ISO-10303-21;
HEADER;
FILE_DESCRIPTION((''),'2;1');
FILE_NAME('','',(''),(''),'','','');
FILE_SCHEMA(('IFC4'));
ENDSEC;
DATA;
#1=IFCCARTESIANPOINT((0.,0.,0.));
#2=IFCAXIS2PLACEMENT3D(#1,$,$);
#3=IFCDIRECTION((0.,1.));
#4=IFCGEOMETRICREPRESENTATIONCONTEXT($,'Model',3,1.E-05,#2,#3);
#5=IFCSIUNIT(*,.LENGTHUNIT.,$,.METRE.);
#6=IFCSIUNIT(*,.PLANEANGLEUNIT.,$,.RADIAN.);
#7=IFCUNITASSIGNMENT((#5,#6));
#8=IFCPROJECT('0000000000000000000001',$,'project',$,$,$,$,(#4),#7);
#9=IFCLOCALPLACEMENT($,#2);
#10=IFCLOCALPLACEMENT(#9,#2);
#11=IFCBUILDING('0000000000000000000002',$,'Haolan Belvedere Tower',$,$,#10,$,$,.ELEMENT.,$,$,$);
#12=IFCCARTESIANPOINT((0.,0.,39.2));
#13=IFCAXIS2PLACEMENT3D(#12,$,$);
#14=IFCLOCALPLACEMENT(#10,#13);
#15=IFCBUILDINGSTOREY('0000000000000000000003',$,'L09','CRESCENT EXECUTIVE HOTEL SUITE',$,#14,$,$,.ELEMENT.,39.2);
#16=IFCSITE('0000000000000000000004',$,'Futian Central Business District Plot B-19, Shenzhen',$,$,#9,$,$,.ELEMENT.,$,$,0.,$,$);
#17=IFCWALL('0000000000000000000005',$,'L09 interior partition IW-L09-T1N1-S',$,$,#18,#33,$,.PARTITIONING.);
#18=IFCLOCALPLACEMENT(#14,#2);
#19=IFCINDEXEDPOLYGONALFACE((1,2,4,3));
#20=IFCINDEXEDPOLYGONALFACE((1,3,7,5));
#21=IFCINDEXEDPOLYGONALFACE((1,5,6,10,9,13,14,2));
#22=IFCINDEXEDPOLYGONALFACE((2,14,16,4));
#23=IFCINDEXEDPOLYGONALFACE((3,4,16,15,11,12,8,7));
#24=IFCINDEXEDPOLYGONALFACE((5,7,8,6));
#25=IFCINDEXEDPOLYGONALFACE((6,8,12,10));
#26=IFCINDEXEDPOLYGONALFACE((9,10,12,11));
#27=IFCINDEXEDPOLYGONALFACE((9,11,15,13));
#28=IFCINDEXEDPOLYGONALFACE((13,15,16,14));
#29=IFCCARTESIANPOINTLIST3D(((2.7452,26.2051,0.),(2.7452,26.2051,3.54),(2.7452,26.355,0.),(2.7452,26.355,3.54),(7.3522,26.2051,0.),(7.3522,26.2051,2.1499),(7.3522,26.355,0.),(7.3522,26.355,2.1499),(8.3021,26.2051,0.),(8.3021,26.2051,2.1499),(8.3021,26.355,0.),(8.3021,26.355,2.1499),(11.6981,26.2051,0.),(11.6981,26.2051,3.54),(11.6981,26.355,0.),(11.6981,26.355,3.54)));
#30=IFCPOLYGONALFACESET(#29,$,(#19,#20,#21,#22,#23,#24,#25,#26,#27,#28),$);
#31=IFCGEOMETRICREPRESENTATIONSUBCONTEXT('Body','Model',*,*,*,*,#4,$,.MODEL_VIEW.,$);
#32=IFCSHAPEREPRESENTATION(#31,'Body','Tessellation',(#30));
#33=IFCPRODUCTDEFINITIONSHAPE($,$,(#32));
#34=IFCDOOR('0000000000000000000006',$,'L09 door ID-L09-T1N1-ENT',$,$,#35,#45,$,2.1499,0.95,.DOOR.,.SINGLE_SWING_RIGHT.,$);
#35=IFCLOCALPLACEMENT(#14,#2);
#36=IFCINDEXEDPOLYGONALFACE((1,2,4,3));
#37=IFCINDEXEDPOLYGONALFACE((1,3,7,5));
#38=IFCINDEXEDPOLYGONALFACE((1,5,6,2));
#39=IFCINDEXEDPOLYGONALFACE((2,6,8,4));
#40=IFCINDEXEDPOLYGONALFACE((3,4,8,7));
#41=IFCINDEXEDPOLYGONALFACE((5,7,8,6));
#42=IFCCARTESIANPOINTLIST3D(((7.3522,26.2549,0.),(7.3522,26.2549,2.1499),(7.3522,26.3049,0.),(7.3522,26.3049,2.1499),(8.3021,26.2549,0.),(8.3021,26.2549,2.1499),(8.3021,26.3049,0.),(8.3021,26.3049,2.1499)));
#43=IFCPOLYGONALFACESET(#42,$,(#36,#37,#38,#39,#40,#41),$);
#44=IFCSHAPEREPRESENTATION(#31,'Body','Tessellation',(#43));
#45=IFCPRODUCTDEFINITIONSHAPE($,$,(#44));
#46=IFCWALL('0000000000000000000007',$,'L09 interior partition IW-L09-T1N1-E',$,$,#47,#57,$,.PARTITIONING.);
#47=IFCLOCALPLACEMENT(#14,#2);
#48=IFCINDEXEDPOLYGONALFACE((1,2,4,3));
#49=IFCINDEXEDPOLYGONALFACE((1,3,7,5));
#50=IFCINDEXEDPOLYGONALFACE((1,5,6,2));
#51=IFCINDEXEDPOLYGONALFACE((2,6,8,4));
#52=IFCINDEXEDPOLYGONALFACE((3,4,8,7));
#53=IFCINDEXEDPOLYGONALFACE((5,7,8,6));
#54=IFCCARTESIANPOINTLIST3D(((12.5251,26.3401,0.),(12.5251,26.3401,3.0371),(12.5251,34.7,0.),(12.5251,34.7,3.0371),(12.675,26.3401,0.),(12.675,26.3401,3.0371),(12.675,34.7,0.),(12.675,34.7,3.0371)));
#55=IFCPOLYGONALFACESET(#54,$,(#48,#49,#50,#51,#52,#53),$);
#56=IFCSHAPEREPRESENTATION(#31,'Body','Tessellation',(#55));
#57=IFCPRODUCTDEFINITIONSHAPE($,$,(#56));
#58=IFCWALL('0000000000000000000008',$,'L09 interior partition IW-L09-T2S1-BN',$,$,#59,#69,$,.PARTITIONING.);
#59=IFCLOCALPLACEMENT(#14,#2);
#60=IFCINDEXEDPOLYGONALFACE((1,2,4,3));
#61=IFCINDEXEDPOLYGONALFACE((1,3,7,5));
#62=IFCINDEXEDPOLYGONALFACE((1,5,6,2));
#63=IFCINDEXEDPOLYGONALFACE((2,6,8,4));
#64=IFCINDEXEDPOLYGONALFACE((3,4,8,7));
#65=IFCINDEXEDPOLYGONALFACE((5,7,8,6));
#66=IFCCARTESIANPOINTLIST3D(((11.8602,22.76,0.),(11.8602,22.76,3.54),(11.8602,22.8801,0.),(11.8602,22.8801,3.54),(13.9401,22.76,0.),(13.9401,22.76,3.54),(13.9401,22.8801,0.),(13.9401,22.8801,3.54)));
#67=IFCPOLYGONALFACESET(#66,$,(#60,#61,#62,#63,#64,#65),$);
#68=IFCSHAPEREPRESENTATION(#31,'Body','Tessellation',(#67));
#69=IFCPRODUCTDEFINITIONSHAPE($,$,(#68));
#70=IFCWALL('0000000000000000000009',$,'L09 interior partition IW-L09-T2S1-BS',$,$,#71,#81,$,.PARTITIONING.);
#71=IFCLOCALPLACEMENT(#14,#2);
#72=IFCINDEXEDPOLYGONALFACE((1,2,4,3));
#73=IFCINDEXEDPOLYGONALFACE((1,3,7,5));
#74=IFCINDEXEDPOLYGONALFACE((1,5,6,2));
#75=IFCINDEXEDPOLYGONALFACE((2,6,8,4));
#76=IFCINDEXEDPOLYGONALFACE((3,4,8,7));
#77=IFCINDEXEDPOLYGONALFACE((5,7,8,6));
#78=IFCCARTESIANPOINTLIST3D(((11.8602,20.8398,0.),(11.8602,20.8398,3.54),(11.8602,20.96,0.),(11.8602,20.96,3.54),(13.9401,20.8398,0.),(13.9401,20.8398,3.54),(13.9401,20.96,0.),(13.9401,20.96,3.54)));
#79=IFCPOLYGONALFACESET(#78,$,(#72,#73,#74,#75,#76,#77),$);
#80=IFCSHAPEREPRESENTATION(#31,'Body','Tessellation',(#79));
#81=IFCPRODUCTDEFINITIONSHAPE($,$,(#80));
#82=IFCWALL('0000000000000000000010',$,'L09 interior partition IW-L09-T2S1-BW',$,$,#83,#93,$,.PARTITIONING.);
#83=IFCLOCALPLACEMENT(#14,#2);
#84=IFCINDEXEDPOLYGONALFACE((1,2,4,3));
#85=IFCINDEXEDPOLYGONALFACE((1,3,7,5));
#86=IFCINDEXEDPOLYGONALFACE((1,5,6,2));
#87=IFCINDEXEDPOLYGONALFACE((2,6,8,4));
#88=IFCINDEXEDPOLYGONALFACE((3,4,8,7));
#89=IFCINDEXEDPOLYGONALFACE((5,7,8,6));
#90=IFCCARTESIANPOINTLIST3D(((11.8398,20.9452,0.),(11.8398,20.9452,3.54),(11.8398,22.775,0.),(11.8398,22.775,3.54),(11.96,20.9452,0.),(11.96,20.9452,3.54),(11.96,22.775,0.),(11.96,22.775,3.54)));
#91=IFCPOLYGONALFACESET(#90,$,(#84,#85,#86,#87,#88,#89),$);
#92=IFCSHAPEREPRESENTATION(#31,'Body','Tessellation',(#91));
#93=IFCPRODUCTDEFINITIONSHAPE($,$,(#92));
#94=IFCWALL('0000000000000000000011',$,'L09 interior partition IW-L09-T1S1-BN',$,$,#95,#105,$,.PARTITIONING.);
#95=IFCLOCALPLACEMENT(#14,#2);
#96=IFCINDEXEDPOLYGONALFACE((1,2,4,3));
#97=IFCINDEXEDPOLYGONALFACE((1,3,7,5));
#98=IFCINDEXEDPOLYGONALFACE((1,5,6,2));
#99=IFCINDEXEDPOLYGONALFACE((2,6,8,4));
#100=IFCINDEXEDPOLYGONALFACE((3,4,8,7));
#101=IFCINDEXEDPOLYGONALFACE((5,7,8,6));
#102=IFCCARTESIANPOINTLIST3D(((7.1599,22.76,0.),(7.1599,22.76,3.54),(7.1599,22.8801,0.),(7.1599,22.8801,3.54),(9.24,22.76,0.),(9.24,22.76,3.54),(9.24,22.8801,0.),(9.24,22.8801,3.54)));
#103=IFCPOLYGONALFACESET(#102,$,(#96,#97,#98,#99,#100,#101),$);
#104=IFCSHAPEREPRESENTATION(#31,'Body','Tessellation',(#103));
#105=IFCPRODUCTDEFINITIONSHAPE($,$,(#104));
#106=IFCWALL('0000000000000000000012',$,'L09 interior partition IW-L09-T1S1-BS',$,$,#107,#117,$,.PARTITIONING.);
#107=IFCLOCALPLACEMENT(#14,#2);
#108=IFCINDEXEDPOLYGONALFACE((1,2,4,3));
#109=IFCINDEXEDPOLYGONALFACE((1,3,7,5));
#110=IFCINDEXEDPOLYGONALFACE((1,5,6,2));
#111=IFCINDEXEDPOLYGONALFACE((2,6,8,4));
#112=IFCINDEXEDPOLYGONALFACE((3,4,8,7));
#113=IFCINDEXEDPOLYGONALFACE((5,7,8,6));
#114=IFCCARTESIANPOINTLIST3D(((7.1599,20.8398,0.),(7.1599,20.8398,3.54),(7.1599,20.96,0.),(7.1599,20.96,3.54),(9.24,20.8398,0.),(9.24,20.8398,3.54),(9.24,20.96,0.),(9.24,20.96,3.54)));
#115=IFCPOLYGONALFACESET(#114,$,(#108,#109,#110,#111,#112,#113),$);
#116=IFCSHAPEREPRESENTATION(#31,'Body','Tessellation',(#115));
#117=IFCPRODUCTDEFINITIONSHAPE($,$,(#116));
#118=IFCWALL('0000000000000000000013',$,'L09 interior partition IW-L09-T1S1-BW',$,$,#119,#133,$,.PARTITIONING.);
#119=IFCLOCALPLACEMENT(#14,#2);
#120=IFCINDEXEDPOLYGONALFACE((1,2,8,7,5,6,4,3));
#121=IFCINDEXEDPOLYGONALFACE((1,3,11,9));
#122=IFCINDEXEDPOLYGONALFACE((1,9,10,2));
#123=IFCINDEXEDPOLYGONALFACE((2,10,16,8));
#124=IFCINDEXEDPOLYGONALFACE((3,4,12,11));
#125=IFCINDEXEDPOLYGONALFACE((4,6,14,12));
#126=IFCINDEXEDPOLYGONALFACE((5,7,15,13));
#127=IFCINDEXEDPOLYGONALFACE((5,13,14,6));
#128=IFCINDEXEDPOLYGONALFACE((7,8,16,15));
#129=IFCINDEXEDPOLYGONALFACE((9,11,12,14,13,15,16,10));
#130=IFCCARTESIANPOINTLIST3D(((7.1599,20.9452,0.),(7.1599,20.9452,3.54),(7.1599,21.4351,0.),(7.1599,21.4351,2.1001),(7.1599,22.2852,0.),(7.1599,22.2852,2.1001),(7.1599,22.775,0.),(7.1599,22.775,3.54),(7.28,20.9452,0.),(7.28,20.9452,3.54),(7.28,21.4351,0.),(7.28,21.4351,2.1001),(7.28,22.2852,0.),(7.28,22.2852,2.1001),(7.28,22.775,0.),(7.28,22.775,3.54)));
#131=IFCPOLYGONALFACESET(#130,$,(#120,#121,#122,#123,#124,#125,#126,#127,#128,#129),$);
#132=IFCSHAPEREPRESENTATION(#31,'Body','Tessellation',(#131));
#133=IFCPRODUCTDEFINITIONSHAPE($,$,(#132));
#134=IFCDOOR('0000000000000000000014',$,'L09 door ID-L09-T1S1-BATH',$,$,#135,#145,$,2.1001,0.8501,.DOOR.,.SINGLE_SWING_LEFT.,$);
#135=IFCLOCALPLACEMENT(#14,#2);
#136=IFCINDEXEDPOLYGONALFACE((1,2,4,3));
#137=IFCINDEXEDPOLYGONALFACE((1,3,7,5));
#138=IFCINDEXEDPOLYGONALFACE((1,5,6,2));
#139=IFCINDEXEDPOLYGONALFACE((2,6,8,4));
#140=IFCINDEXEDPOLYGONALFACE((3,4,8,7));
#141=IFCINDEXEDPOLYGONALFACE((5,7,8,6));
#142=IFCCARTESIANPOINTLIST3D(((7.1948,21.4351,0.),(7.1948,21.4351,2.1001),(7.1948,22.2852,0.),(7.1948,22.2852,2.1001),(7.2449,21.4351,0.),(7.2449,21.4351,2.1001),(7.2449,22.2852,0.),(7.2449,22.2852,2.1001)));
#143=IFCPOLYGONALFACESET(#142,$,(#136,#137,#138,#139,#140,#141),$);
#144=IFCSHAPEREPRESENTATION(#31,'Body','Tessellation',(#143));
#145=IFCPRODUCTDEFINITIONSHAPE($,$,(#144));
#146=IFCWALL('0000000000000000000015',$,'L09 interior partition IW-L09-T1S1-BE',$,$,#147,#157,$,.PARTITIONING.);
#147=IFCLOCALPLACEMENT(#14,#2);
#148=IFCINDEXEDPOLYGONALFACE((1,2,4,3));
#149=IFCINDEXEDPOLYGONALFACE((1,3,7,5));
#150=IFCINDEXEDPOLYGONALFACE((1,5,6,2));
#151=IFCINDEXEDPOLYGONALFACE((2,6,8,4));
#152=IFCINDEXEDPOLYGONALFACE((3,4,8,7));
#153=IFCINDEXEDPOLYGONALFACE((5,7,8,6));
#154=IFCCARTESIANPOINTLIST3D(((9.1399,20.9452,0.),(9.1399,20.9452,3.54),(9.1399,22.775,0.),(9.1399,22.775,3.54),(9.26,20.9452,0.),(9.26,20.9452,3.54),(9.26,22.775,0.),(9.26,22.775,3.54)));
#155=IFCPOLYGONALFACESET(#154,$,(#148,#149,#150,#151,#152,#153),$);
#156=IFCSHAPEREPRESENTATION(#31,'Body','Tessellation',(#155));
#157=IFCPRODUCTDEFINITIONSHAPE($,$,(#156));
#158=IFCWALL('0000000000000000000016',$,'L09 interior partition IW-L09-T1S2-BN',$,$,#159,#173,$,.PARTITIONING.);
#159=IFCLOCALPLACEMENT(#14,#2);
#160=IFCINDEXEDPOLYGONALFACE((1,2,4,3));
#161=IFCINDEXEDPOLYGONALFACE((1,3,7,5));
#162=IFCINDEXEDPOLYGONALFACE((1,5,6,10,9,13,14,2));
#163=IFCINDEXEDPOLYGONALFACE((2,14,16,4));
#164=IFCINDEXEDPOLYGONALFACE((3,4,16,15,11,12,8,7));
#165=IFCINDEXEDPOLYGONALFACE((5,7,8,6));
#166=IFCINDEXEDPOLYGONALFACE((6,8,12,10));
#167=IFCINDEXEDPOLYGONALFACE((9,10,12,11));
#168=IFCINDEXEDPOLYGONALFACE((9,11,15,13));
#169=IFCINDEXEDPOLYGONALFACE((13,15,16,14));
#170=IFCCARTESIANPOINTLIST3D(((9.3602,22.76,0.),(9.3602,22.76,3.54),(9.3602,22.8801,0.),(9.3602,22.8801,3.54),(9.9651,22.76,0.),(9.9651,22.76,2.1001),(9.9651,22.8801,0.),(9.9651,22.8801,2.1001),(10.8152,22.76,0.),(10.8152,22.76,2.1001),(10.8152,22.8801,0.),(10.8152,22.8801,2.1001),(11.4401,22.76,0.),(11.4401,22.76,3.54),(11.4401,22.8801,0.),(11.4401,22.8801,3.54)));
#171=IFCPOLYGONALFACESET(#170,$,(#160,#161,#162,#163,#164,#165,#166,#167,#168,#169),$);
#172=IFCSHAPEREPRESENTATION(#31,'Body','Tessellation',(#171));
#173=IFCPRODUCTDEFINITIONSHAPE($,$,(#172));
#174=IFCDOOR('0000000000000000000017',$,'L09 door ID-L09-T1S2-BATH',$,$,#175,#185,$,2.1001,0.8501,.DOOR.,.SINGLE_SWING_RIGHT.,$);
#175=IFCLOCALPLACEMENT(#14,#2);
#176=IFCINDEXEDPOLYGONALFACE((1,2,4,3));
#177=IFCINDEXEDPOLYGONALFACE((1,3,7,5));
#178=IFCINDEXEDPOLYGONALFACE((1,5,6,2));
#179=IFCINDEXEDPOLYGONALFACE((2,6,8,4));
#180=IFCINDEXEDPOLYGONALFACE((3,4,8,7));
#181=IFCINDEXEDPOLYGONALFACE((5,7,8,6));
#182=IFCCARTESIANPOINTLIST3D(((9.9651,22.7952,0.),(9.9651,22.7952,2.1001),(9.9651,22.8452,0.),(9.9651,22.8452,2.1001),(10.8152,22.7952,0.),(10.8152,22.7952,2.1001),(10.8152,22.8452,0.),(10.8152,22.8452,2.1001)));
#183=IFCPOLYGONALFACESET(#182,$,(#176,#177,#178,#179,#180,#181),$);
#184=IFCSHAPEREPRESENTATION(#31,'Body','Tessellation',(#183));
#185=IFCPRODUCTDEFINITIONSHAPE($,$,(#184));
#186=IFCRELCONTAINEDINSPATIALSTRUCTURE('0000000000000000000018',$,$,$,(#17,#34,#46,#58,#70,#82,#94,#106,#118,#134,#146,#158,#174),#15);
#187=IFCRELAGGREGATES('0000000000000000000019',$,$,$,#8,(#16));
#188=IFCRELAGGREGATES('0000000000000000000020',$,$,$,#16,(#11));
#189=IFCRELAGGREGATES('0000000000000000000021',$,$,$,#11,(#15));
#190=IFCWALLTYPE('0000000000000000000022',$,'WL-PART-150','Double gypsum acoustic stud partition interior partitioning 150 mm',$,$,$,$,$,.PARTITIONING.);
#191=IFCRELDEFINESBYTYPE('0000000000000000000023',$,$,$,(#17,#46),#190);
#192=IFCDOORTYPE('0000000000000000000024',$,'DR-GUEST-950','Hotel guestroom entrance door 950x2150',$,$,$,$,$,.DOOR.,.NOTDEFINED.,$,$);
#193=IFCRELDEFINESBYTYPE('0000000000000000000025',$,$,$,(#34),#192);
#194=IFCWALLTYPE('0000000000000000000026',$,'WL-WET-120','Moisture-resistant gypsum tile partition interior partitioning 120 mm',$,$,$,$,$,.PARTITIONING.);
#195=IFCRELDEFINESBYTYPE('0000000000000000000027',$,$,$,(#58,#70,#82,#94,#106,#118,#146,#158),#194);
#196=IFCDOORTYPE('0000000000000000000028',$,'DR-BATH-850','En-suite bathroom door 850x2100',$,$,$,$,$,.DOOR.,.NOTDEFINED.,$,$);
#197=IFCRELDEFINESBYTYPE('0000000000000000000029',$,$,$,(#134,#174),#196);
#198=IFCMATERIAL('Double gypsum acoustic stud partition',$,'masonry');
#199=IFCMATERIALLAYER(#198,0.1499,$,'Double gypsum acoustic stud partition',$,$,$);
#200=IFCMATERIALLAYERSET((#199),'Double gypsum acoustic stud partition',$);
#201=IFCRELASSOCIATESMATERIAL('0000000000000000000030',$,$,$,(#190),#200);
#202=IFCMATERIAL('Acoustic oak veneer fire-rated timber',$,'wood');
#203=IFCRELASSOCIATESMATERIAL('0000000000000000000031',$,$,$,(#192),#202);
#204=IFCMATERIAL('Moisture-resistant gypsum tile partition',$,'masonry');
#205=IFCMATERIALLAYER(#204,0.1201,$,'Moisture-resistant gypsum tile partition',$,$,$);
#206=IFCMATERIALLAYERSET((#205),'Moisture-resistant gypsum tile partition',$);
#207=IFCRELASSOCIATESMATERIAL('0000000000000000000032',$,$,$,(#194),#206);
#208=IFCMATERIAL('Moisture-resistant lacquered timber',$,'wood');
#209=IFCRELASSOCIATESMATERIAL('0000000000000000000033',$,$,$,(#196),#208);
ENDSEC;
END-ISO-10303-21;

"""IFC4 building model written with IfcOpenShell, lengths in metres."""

from ifc_helpers import new_model, si_unit, direction, frame, frame_2d, origin, place, context, subcontext, project, spatial, rectangle, extrude, material, layer, layer_set, type_object, element, fill, save


model = new_model("IFC4")

# Units and contexts
model_context = context("Model", 3, precision=1e-05, world=origin(), true_north=direction((0.0, 1.0)))
body_context = subcontext(model_context, "Body", "Model", "MODEL_VIEW")
ifc_project = project(units=[si_unit("LENGTHUNIT", "METRE"), si_unit("PLANEANGLEUNIT", "RADIAN")], contexts=[model_context])

# Site, building, storey
site_placement = place(None, origin())
site = spatial("IfcSite", under=ifc_project, at=site_placement, Name="Futian Central Business District Plot B-19, Shenzhen", CompositionType="ELEMENT", RefElevation=0.0)
building_placement = place(site_placement, origin())
building = spatial("IfcBuilding", under=site, at=building_placement, Name="Haolan Belvedere Tower", CompositionType="ELEMENT")
storey_placement = place(building_placement, frame((0.0, 0.0, 39.2)))
storey = spatial("IfcBuildingStorey", under=building, at=storey_placement, Name="L09", Description="CRESCENT EXECUTIVE HOTEL SUITE", CompositionType="ELEMENT", Elevation=39.2)

# Shared definitions
ifc_material_1 = material(Name="Double gypsum acoustic stud partition", Category="masonry")
ifc_layer_1 = layer(ifc_material_1, 0.1499, Name="Double gypsum acoustic stud partition")
ifc_layer_set_1 = layer_set([ifc_layer_1], Name="Double gypsum acoustic stud partition")
wall_type_1 = type_object("IfcWallType", Name="WL-PART-150", Description="Double gypsum acoustic stud partition interior partitioning 150 mm", PredefinedType="PARTITIONING", material=ifc_layer_set_1)
ifc_material_2 = material(Name="Acoustic oak veneer fire-rated timber", Category="wood")
door_type_1 = type_object("IfcDoorType", Name="DR-GUEST-950", Description="Hotel guestroom entrance door 950x2150", OperationType="NOTDEFINED", PredefinedType="DOOR", material=ifc_material_2)

# Wall, opening, door
wall_1_placement = place(storey_placement, frame((2.7451, 26.28, 0.0), z_axis=(0.0, 0.0, 1.0), x_axis=(1.0, 0.0, 0.0)))
wall_1 = element("IfcWall", 1, at=wall_1_placement, inside=storey, type_object=wall_type_1, Name="L09 interior partition IW-L09-T1N1-S", PredefinedType="PARTITIONING", context=body_context, shape_type="SweptSolid", body=[
    extrude(rectangle(XDim=8.9529, YDim=0.1499, at=frame_2d((4.4766, 0.0))), origin(), (0.0, 0.0, 1.0), 3.54),
])
opening_1_placement = place(wall_1_placement, frame((4.6069, 0.0, 0.0)))
opening_1 = element("IfcOpeningElement", 2, at=opening_1_placement, cuts=wall_1, PredefinedType="OPENING", context=body_context, shape_type="SweptSolid", body=[
    extrude(rectangle(XDim=0.95, YDim=2.1499, at=frame_2d((0.4751, 1.075))), frame((0.0, 0.085, 0.0), z_axis=(0.0, -1.0, 0.0), x_axis=(1.0, 0.0, 0.0)), (0.0, 0.0, 1.0), 0.1699),
])
door_1_placement = place(opening_1_placement, origin())
door_1 = element("IfcDoor", 3, at=door_1_placement, inside=storey, type_object=door_type_1, Name="L09 door ID-L09-T1N1-ENT", OperationType="SINGLE_SWING_RIGHT", OverallHeight=2.1499, OverallWidth=0.95, PredefinedType="DOOR", context=body_context, shape_type="SweptSolid", body=[
    extrude(rectangle(XDim=0.95, YDim=2.1499, at=frame_2d((0.4751, 1.075))), frame((0.0, 0.0249, 0.0), z_axis=(0.0, -1.0, 0.0), x_axis=(1.0, 0.0, 0.0)), (0.0, 0.0, 1.0), 0.05),
])
fill(opening_1, door_1)

# Walls
wall_2_placement = place(storey_placement, frame((12.6001, 26.3401, 0.0), z_axis=(0.0, 0.0, 1.0), x_axis=(0.0, 1.0, 0.0)))
element("IfcWall", 4, at=wall_2_placement, inside=storey, type_object=wall_type_1, Name="L09 interior partition IW-L09-T1N1-E", PredefinedType="PARTITIONING", context=body_context, shape_type="SweptSolid", body=[
    extrude(rectangle(XDim=8.3599, YDim=0.1499, at=frame_2d((4.1799, 0.0))), origin(), (0.0, 0.0, 1.0), 3.0371),
])
ifc_material_3 = material(Name="Moisture-resistant gypsum tile partition", Category="masonry")
ifc_layer_2 = layer(ifc_material_3, 0.1201, Name="Moisture-resistant gypsum tile partition")
ifc_layer_set_2 = layer_set([ifc_layer_2], Name="Moisture-resistant gypsum tile partition")
wall_type_2 = type_object("IfcWallType", Name="WL-WET-120", Description="Moisture-resistant gypsum tile partition interior partitioning 120 mm", PredefinedType="PARTITIONING", material=ifc_layer_set_2)
for number, where, z_axis, x_axis, name in (
    (5, (11.8601, 22.8201, 0.0), (0.0, 0.0, 1.0), (1.0, 0.0, 0.0), "L09 interior partition IW-L09-T2S1-BN"),
    (6, (11.8601, 20.8999, 0.0), (0.0, 0.0, 1.0), (1.0, 0.0, 0.0), "L09 interior partition IW-L09-T2S1-BS"),
):
    element("IfcWall", number, at=place(storey_placement, frame(where, z_axis=z_axis, x_axis=x_axis)), inside=storey, type_object=wall_type_2, Name=name, PredefinedType="PARTITIONING", context=body_context, shape_type="SweptSolid", body=[
        extrude(rectangle(XDim=2.0798, YDim=0.1201, at=frame_2d((1.04, 0.0))), origin(), (0.0, 0.0, 1.0), 3.54),
    ])
wall_3_placement = place(storey_placement, frame((11.8999, 20.9451, 0.0), z_axis=(0.0, 0.0, 1.0), x_axis=(0.0, 1.0, 0.0)))
element("IfcWall", 7, at=wall_3_placement, inside=storey, type_object=wall_type_2, Name="L09 interior partition IW-L09-T2S1-BW", PredefinedType="PARTITIONING", context=body_context, shape_type="SweptSolid", body=[
    extrude(rectangle(XDim=1.8298, YDim=0.1201, at=frame_2d((0.915, 0.0))), origin(), (0.0, 0.0, 1.0), 3.54),
])
for number, where, z_axis, x_axis, name in (
    (8, (7.1599, 22.8201, 0.0), (0.0, 0.0, 1.0), (1.0, 0.0, 0.0), "L09 interior partition IW-L09-T1S1-BN"),
    (9, (7.1599, 20.8999, 0.0), (0.0, 0.0, 1.0), (1.0, 0.0, 0.0), "L09 interior partition IW-L09-T1S1-BS"),
):
    element("IfcWall", number, at=place(storey_placement, frame(where, z_axis=z_axis, x_axis=x_axis)), inside=storey, type_object=wall_type_2, Name=name, PredefinedType="PARTITIONING", context=body_context, shape_type="SweptSolid", body=[
        extrude(rectangle(XDim=2.0801, YDim=0.1201, at=frame_2d((1.04, 0.0))), origin(), (0.0, 0.0, 1.0), 3.54),
    ])

# Wall, opening, door
wall_4_placement = place(storey_placement, frame((7.22, 20.9451, 0.0), z_axis=(0.0, 0.0, 1.0), x_axis=(0.0, 1.0, 0.0)))
wall_4 = element("IfcWall", 10, at=wall_4_placement, inside=storey, type_object=wall_type_2, Name="L09 interior partition IW-L09-T1S1-BW", PredefinedType="PARTITIONING", context=body_context, shape_type="SweptSolid", body=[
    extrude(rectangle(XDim=1.8298, YDim=0.1201, at=frame_2d((0.915, 0.0))), origin(), (0.0, 0.0, 1.0), 3.54),
])
opening_2_placement = place(wall_4_placement, frame((1.3401, 0.0, 0.0), z_axis=(0.0, 0.0, 1.0), x_axis=(-1.0, 0.0, 0.0)))
opening_2 = element("IfcOpeningElement", 11, at=opening_2_placement, cuts=wall_4, PredefinedType="OPENING", context=body_context, shape_type="SweptSolid", body=[
    extrude(rectangle(XDim=0.8501, YDim=2.1001, at=frame_2d((0.425, 1.05))), frame((0.0, 0.0701, 0.0), z_axis=(0.0, -1.0, 0.0), x_axis=(1.0, 0.0, 0.0)), (0.0, 0.0, 1.0), 0.1401),
])
ifc_material_4 = material(Name="Moisture-resistant lacquered timber", Category="wood")
door_type_2 = type_object("IfcDoorType", Name="DR-BATH-850", Description="En-suite bathroom door 850x2100", OperationType="NOTDEFINED", PredefinedType="DOOR", material=ifc_material_4)
door_2_placement = place(opening_2_placement, origin())
door_2 = element("IfcDoor", 12, at=door_2_placement, inside=storey, type_object=door_type_2, Name="L09 door ID-L09-T1S1-BATH", OperationType="SINGLE_SWING_LEFT", OverallHeight=2.1001, OverallWidth=0.8501, PredefinedType="DOOR", context=body_context, shape_type="SweptSolid", body=[
    extrude(rectangle(XDim=0.8501, YDim=2.1001, at=frame_2d((0.425, 1.05))), frame((0.0, 0.0249, 0.0), z_axis=(0.0, -1.0, 0.0), x_axis=(1.0, 0.0, 0.0)), (0.0, 0.0, 1.0), 0.05),
])
fill(opening_2, door_2)

# Wall
wall_5_placement = place(storey_placement, frame((9.2, 20.9451, 0.0), z_axis=(0.0, 0.0, 1.0), x_axis=(0.0, 1.0, 0.0)))
element("IfcWall", 13, at=wall_5_placement, inside=storey, type_object=wall_type_2, Name="L09 interior partition IW-L09-T1S1-BE", PredefinedType="PARTITIONING", context=body_context, shape_type="SweptSolid", body=[
    extrude(rectangle(XDim=1.8298, YDim=0.1201, at=frame_2d((0.915, 0.0))), origin(), (0.0, 0.0, 1.0), 3.54),
])

# Wall, opening, door
wall_6_placement = place(storey_placement, frame((9.3601, 22.8201, 0.0), z_axis=(0.0, 0.0, 1.0), x_axis=(1.0, 0.0, 0.0)))
wall_6 = element("IfcWall", 14, at=wall_6_placement, inside=storey, type_object=wall_type_2, Name="L09 interior partition IW-L09-T1S2-BN", PredefinedType="PARTITIONING", context=body_context, shape_type="SweptSolid", body=[
    extrude(rectangle(XDim=2.0798, YDim=0.1201, at=frame_2d((1.04, 0.0))), origin(), (0.0, 0.0, 1.0), 3.54),
])
opening_3_placement = place(wall_6_placement, frame((1.4551, 0.0, 0.0), z_axis=(0.0, 0.0, 1.0), x_axis=(-1.0, 0.0, 0.0)))
opening_3 = element("IfcOpeningElement", 15, at=opening_3_placement, cuts=wall_6, PredefinedType="OPENING", context=body_context, shape_type="SweptSolid", body=[
    extrude(rectangle(XDim=0.8501, YDim=2.1001, at=frame_2d((0.425, 1.05))), frame((0.0, 0.0701, 0.0), z_axis=(0.0, -1.0, 0.0), x_axis=(1.0, 0.0, 0.0)), (0.0, 0.0, 1.0), 0.1401),
])
door_3_placement = place(opening_3_placement, origin())
door_3 = element("IfcDoor", 16, at=door_3_placement, inside=storey, type_object=door_type_2, Name="L09 door ID-L09-T1S2-BATH", OperationType="SINGLE_SWING_RIGHT", OverallHeight=2.1001, OverallWidth=0.8501, PredefinedType="DOOR", context=body_context, shape_type="SweptSolid", body=[
    extrude(rectangle(XDim=0.8501, YDim=2.1001, at=frame_2d((0.425, 1.05))), frame((0.0, 0.0249, 0.0), z_axis=(0.0, -1.0, 0.0), x_axis=(1.0, 0.0, 0.0)), (0.0, 0.0, 1.0), 0.05),
])
fill(opening_3, door_3)

save(model, "model.ifc")
